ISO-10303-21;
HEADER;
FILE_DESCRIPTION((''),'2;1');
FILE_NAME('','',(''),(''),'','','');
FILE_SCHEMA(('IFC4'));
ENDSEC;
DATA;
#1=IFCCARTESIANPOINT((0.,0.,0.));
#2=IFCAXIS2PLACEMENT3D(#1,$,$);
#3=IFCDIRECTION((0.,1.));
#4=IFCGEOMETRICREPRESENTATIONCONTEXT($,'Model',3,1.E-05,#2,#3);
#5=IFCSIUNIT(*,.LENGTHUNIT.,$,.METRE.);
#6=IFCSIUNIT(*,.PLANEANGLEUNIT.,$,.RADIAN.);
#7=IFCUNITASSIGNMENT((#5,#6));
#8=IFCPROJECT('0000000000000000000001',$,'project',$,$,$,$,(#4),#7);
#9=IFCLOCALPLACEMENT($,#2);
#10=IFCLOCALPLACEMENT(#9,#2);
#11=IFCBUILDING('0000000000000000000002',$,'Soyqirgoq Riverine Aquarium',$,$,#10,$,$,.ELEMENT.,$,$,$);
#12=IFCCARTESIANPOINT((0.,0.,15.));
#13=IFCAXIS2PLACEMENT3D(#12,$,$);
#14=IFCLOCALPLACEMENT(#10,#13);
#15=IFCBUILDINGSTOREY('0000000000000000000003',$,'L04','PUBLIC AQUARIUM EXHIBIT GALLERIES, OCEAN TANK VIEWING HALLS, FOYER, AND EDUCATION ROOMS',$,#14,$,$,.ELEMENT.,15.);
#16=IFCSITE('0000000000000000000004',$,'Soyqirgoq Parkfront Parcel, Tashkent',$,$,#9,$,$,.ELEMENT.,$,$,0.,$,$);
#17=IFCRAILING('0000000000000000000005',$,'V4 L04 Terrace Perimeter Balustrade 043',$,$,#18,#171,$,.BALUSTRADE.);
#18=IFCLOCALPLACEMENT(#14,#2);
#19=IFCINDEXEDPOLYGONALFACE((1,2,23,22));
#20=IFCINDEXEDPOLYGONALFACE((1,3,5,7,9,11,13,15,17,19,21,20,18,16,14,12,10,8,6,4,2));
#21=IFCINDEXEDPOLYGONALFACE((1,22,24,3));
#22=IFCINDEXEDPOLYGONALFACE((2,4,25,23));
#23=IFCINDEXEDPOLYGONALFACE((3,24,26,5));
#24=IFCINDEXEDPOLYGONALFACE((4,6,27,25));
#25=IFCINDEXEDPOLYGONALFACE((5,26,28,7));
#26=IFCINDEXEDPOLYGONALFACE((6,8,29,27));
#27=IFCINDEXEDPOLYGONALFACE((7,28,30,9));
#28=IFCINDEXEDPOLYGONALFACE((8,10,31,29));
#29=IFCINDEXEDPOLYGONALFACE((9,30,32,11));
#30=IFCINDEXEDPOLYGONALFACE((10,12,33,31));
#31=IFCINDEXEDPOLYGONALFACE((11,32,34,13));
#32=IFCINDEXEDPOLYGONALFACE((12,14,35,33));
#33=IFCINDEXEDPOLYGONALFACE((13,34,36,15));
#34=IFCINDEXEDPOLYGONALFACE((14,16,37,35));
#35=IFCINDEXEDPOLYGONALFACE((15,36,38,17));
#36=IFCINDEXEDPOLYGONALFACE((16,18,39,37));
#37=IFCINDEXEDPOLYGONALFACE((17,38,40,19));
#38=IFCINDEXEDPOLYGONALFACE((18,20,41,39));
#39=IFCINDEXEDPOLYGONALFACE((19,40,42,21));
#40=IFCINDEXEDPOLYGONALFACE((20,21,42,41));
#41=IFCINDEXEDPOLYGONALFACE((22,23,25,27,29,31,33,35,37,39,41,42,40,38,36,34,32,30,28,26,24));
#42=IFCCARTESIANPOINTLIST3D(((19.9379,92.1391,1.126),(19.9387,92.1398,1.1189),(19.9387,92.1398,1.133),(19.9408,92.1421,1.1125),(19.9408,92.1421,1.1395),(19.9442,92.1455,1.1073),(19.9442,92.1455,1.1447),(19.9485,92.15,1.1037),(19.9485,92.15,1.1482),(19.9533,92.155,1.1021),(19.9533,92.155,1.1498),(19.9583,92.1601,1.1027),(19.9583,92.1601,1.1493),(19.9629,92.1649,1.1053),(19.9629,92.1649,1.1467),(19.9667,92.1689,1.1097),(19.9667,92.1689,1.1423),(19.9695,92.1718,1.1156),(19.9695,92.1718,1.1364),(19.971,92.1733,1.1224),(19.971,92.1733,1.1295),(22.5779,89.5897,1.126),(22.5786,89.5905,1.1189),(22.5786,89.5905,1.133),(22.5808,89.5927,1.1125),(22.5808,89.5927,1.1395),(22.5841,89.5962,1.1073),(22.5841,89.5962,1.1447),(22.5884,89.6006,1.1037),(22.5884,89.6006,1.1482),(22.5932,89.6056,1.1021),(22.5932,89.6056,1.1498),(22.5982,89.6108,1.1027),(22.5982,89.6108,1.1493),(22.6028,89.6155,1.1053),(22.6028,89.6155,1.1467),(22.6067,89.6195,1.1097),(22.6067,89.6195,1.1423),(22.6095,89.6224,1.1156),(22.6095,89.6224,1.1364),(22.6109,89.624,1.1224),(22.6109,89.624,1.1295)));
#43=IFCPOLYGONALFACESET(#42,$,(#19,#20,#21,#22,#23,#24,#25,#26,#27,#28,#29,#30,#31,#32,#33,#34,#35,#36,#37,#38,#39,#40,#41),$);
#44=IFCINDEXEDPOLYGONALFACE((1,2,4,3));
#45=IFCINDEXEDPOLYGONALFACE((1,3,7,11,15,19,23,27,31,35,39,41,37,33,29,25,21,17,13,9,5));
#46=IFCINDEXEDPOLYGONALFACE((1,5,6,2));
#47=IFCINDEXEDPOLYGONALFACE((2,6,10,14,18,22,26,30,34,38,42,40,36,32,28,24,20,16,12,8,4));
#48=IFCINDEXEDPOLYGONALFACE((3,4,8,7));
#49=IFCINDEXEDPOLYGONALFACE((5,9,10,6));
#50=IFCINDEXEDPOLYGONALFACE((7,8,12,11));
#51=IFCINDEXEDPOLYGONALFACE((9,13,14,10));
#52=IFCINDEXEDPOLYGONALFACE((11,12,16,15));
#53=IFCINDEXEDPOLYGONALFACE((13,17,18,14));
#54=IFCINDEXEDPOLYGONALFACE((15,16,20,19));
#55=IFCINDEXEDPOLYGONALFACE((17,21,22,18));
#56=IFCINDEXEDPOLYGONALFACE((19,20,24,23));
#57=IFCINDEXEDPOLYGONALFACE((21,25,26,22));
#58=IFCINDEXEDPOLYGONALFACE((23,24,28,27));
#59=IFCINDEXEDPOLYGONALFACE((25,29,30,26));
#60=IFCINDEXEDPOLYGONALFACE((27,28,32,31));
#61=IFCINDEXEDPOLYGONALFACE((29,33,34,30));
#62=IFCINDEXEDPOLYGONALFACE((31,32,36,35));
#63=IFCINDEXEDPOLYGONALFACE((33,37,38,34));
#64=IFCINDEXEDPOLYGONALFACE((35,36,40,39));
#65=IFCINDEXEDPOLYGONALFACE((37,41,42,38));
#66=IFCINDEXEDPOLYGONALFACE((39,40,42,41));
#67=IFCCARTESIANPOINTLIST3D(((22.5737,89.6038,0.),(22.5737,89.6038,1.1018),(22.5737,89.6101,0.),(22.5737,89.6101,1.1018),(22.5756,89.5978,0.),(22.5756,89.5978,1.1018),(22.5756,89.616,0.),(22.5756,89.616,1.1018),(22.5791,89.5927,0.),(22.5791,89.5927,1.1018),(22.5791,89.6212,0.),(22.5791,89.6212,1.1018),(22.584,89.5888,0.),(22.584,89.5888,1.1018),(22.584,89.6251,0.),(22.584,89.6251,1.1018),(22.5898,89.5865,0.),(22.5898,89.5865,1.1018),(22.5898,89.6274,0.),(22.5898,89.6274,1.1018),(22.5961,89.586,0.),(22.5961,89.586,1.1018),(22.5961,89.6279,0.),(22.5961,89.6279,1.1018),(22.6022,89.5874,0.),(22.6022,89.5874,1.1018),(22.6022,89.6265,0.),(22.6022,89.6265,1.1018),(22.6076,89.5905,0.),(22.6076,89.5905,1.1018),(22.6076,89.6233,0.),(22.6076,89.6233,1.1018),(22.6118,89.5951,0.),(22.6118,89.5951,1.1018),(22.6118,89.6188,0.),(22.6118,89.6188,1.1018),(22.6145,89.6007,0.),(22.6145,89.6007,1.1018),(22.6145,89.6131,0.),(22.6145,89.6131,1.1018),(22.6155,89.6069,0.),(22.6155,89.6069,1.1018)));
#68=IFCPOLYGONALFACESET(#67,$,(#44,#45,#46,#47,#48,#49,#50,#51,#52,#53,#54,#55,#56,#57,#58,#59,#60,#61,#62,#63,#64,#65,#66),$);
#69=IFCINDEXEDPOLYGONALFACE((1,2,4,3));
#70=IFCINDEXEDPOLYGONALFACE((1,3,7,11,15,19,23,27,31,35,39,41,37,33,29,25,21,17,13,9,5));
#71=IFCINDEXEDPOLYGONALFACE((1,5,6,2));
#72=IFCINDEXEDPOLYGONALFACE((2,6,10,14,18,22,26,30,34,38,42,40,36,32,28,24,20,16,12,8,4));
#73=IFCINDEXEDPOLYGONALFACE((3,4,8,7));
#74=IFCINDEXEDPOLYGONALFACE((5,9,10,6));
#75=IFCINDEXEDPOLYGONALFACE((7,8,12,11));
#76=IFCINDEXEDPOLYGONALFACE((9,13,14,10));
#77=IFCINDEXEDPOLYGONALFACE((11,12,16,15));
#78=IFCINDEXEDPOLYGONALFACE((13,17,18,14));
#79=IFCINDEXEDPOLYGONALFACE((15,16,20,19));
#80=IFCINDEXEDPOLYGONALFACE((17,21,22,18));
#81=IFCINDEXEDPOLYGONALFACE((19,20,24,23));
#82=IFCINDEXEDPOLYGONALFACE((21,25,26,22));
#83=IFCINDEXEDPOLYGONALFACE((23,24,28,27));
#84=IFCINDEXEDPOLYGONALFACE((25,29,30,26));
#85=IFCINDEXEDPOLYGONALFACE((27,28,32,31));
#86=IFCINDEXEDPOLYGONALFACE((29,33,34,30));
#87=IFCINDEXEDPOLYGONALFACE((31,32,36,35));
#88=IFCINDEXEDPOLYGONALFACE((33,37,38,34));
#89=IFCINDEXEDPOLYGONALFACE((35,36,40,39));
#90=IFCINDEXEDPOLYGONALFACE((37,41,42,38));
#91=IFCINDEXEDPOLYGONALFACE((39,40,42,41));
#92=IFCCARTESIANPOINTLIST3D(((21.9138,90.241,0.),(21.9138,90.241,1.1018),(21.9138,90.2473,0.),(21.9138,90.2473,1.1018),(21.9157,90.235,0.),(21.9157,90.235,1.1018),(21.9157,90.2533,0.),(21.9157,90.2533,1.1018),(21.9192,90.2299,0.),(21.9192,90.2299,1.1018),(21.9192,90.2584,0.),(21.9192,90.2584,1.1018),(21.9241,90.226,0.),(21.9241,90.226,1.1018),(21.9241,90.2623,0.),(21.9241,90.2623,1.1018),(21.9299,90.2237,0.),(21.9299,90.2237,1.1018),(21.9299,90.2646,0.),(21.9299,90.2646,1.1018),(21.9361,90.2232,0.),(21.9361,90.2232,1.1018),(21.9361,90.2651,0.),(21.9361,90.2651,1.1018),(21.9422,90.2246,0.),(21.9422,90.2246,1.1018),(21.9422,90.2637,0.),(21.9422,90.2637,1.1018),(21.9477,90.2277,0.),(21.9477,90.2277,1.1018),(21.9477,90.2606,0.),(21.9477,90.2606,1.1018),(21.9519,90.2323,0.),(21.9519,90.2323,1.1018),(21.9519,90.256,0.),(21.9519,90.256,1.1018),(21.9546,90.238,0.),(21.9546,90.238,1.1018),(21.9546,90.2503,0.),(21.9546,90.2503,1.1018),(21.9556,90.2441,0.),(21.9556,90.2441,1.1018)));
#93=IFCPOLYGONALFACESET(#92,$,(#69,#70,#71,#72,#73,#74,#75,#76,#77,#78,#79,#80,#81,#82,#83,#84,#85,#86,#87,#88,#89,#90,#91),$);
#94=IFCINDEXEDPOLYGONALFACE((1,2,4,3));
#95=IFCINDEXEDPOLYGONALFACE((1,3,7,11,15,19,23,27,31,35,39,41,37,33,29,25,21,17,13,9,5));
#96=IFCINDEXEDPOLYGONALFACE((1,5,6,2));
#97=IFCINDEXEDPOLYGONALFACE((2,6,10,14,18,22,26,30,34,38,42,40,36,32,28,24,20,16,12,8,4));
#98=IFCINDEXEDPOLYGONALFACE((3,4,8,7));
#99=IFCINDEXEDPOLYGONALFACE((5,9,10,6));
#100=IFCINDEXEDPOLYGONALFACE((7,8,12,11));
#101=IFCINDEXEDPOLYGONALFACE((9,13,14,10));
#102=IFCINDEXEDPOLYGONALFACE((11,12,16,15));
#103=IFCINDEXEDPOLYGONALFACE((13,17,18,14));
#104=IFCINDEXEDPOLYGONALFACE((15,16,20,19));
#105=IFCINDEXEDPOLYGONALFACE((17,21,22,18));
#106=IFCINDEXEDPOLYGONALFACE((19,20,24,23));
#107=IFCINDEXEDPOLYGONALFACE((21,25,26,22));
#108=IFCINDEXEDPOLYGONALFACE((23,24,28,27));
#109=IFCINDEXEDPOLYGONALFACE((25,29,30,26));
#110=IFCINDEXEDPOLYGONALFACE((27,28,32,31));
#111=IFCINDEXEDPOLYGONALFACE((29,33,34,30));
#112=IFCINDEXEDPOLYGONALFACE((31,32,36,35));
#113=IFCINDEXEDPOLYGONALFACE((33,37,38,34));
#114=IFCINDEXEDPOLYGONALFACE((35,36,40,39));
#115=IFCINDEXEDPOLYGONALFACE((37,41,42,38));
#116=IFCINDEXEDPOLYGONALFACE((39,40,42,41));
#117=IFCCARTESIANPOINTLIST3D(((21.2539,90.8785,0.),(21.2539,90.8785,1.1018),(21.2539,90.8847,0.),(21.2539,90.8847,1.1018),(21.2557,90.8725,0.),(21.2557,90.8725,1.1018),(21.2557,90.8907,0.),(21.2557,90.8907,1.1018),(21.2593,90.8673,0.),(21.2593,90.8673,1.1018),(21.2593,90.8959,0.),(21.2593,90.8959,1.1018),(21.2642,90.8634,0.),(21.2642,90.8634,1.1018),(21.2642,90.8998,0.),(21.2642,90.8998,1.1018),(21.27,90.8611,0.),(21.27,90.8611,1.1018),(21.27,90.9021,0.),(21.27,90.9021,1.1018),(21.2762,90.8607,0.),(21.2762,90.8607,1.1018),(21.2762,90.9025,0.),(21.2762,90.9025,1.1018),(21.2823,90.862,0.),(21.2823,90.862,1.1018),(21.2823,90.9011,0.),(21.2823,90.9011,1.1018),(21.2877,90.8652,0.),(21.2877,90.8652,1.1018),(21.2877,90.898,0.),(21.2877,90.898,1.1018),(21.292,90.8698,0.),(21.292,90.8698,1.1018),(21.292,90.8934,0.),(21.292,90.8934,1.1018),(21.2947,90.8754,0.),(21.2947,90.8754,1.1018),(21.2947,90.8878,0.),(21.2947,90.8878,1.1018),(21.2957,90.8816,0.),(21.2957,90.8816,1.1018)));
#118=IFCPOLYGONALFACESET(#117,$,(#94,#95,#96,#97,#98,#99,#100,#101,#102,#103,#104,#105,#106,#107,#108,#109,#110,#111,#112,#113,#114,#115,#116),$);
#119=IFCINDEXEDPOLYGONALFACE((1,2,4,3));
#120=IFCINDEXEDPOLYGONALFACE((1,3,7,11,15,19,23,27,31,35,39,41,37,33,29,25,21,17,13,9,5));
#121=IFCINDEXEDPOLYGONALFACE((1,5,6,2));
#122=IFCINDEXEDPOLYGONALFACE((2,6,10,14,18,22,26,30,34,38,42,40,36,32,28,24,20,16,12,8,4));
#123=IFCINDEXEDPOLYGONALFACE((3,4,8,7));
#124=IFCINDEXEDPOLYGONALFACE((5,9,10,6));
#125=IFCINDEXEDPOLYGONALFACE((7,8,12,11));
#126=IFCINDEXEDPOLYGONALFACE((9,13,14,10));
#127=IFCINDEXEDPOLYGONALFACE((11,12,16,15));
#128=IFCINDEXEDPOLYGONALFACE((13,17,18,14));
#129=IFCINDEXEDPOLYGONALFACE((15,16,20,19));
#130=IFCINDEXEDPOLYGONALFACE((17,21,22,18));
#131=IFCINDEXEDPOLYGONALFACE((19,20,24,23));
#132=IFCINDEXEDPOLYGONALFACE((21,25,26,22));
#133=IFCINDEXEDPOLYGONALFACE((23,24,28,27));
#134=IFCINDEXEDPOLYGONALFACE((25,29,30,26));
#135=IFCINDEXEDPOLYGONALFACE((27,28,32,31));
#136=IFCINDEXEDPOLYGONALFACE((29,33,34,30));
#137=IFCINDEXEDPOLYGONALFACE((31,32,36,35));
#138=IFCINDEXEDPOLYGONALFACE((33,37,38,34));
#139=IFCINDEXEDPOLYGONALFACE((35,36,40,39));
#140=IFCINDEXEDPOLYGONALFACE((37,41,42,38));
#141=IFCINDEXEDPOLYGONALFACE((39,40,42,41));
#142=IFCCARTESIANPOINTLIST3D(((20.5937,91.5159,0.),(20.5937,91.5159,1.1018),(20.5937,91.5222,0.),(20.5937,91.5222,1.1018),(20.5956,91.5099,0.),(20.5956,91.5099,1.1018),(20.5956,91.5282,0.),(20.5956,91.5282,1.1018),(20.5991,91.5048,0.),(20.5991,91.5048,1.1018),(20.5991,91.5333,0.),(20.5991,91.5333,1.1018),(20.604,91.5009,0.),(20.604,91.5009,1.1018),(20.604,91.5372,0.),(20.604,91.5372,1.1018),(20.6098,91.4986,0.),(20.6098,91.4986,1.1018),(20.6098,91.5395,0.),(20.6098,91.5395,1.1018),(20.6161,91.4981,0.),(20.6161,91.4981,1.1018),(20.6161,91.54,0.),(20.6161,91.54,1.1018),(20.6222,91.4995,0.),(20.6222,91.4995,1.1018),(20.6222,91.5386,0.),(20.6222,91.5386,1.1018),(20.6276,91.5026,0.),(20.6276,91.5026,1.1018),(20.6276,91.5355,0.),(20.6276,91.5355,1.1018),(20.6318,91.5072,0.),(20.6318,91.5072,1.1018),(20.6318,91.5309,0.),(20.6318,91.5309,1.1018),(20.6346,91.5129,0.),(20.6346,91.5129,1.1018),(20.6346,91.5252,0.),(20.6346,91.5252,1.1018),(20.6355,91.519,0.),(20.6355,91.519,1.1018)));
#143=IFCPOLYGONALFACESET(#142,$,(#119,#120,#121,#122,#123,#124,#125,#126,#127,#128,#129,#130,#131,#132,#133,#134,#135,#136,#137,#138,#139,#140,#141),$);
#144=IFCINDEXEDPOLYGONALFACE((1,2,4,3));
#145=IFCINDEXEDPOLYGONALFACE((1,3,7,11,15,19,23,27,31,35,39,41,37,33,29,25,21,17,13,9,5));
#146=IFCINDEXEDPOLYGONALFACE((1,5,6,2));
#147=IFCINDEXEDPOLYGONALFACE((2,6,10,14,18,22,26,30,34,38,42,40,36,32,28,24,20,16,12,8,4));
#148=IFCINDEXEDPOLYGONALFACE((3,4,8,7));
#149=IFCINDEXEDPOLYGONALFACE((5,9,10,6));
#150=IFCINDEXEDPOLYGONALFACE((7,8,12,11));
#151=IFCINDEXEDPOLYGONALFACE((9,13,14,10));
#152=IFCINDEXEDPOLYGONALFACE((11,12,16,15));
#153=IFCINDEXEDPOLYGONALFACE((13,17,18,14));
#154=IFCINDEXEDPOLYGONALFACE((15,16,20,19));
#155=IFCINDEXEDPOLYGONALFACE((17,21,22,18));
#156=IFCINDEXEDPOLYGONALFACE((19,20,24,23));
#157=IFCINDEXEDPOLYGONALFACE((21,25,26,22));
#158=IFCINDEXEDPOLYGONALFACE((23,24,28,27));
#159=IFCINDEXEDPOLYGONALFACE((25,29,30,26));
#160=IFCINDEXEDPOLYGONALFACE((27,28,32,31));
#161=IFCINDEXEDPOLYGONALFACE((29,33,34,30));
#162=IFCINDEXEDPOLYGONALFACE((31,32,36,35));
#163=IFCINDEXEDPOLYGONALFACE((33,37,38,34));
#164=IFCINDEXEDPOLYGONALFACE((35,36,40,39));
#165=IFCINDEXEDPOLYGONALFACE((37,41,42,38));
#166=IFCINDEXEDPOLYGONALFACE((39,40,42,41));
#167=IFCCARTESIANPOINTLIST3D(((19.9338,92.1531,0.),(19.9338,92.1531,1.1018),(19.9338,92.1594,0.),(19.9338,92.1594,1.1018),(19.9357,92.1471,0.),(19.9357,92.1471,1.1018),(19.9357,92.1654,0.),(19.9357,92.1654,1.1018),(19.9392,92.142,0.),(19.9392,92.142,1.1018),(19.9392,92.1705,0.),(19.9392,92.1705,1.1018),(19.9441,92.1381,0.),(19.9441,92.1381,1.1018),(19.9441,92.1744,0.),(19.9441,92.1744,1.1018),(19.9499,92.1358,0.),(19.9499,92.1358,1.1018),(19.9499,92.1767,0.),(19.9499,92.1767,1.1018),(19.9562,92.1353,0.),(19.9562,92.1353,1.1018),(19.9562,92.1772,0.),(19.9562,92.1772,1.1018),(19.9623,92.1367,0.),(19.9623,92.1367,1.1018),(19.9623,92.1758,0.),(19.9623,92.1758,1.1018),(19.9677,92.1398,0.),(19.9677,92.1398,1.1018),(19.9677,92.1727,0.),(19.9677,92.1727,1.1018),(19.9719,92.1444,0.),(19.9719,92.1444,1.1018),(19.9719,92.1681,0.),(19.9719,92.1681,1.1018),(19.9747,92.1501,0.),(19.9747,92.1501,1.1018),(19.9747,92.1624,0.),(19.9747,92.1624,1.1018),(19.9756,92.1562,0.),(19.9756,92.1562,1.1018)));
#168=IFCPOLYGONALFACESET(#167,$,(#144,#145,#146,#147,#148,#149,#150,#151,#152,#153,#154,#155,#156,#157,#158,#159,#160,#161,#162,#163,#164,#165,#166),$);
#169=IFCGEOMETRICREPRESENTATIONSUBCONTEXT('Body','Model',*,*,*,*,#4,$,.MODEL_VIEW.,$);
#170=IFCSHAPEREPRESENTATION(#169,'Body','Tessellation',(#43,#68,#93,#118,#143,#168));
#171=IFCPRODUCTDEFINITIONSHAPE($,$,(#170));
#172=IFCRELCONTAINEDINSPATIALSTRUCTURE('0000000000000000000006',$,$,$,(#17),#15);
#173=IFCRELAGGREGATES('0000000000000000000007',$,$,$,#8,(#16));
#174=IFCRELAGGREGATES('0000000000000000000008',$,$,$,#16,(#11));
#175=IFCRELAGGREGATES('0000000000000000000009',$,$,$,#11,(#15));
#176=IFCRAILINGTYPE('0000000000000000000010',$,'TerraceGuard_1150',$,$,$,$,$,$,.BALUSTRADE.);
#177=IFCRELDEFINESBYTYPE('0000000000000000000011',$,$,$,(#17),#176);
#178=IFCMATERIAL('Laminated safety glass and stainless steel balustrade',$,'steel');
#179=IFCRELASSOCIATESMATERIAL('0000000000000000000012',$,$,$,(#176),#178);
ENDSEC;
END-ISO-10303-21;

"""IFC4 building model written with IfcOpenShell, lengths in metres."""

from ifc_helpers import new_model, si_unit, direction, frame, origin, origin_2d, place, context, subcontext, project, spatial, circle, extrude, material, type_object, element, save


model = new_model("IFC4")

# Units and contexts
model_context = context("Model", 3, precision=1e-05, world=origin(), true_north=direction((0.0, 1.0)))
body_context = subcontext(model_context, "Body", "Model", "MODEL_VIEW")
ifc_project = project(units=[si_unit("LENGTHUNIT", "METRE"), si_unit("PLANEANGLEUNIT", "RADIAN")], contexts=[model_context])

# Site, building, storey
site_placement = place(None, origin())
site = spatial("IfcSite", under=ifc_project, at=site_placement, Name="Soyqirgoq Parkfront Parcel, Tashkent", CompositionType="ELEMENT", RefElevation=0.0)
building_placement = place(site_placement, origin())
building = spatial("IfcBuilding", under=site, at=building_placement, Name="Soyqirgoq Riverine Aquarium", CompositionType="ELEMENT")
storey_placement = place(building_placement, frame((0.0, 0.0, 15.0)))
storey = spatial("IfcBuildingStorey", under=building, at=storey_placement, Name="L04", Description="PUBLIC AQUARIUM EXHIBIT GALLERIES, OCEAN TANK VIEWING HALLS, FOYER, AND EDUCATION ROOMS", CompositionType="ELEMENT", Elevation=15.0)

# Railing
ifc_material_1 = material(Name="Laminated safety glass and stainless steel balustrade", Category="steel")
railing_type = type_object("IfcRailingType", Name="TerraceGuard_1150", PredefinedType="BALUSTRADE", material=ifc_material_1)
railing_1_placement = place(storey_placement, frame((22.5945, 89.6069, 0.0)))
element("IfcRailing", 1, at=railing_1_placement, inside=storey, type_object=railing_type, Name="V4 L04 Terrace Perimeter Balustrade 043", PredefinedType="BALUSTRADE", context=body_context, shape_type="SweptSolid", body=[
    extrude(circle(Radius=0.0239, at=origin_2d()), frame((0.0, 0.0, 1.126), z_axis=(-0.71934, 0.694659, 0.0), x_axis=(-0.694659, -0.71934, 0.0)), (0.0, 0.0, 1.0), 3.6699),
    extrude(circle(Radius=0.021, at=origin_2d()), origin(), (0.0, 0.0, 1.0), 1.1018),
    extrude(circle(Radius=0.021, at=origin_2d()), frame((-0.6599, 0.6372, 0.0)), (0.0, 0.0, 1.0), 1.1018),
    extrude(circle(Radius=0.021, at=origin_2d()), frame((-1.3198, 1.2747, 0.0)), (0.0, 0.0, 1.0), 1.1018),
    extrude(circle(Radius=0.021, at=origin_2d()), frame((-1.98, 1.9121, 0.0)), (0.0, 0.0, 1.0), 1.1018),
    extrude(circle(Radius=0.021, at=origin_2d()), frame((-2.6399, 2.5493, 0.0)), (0.0, 0.0, 1.0), 1.1018),
])

save(model, "model.ifc")
